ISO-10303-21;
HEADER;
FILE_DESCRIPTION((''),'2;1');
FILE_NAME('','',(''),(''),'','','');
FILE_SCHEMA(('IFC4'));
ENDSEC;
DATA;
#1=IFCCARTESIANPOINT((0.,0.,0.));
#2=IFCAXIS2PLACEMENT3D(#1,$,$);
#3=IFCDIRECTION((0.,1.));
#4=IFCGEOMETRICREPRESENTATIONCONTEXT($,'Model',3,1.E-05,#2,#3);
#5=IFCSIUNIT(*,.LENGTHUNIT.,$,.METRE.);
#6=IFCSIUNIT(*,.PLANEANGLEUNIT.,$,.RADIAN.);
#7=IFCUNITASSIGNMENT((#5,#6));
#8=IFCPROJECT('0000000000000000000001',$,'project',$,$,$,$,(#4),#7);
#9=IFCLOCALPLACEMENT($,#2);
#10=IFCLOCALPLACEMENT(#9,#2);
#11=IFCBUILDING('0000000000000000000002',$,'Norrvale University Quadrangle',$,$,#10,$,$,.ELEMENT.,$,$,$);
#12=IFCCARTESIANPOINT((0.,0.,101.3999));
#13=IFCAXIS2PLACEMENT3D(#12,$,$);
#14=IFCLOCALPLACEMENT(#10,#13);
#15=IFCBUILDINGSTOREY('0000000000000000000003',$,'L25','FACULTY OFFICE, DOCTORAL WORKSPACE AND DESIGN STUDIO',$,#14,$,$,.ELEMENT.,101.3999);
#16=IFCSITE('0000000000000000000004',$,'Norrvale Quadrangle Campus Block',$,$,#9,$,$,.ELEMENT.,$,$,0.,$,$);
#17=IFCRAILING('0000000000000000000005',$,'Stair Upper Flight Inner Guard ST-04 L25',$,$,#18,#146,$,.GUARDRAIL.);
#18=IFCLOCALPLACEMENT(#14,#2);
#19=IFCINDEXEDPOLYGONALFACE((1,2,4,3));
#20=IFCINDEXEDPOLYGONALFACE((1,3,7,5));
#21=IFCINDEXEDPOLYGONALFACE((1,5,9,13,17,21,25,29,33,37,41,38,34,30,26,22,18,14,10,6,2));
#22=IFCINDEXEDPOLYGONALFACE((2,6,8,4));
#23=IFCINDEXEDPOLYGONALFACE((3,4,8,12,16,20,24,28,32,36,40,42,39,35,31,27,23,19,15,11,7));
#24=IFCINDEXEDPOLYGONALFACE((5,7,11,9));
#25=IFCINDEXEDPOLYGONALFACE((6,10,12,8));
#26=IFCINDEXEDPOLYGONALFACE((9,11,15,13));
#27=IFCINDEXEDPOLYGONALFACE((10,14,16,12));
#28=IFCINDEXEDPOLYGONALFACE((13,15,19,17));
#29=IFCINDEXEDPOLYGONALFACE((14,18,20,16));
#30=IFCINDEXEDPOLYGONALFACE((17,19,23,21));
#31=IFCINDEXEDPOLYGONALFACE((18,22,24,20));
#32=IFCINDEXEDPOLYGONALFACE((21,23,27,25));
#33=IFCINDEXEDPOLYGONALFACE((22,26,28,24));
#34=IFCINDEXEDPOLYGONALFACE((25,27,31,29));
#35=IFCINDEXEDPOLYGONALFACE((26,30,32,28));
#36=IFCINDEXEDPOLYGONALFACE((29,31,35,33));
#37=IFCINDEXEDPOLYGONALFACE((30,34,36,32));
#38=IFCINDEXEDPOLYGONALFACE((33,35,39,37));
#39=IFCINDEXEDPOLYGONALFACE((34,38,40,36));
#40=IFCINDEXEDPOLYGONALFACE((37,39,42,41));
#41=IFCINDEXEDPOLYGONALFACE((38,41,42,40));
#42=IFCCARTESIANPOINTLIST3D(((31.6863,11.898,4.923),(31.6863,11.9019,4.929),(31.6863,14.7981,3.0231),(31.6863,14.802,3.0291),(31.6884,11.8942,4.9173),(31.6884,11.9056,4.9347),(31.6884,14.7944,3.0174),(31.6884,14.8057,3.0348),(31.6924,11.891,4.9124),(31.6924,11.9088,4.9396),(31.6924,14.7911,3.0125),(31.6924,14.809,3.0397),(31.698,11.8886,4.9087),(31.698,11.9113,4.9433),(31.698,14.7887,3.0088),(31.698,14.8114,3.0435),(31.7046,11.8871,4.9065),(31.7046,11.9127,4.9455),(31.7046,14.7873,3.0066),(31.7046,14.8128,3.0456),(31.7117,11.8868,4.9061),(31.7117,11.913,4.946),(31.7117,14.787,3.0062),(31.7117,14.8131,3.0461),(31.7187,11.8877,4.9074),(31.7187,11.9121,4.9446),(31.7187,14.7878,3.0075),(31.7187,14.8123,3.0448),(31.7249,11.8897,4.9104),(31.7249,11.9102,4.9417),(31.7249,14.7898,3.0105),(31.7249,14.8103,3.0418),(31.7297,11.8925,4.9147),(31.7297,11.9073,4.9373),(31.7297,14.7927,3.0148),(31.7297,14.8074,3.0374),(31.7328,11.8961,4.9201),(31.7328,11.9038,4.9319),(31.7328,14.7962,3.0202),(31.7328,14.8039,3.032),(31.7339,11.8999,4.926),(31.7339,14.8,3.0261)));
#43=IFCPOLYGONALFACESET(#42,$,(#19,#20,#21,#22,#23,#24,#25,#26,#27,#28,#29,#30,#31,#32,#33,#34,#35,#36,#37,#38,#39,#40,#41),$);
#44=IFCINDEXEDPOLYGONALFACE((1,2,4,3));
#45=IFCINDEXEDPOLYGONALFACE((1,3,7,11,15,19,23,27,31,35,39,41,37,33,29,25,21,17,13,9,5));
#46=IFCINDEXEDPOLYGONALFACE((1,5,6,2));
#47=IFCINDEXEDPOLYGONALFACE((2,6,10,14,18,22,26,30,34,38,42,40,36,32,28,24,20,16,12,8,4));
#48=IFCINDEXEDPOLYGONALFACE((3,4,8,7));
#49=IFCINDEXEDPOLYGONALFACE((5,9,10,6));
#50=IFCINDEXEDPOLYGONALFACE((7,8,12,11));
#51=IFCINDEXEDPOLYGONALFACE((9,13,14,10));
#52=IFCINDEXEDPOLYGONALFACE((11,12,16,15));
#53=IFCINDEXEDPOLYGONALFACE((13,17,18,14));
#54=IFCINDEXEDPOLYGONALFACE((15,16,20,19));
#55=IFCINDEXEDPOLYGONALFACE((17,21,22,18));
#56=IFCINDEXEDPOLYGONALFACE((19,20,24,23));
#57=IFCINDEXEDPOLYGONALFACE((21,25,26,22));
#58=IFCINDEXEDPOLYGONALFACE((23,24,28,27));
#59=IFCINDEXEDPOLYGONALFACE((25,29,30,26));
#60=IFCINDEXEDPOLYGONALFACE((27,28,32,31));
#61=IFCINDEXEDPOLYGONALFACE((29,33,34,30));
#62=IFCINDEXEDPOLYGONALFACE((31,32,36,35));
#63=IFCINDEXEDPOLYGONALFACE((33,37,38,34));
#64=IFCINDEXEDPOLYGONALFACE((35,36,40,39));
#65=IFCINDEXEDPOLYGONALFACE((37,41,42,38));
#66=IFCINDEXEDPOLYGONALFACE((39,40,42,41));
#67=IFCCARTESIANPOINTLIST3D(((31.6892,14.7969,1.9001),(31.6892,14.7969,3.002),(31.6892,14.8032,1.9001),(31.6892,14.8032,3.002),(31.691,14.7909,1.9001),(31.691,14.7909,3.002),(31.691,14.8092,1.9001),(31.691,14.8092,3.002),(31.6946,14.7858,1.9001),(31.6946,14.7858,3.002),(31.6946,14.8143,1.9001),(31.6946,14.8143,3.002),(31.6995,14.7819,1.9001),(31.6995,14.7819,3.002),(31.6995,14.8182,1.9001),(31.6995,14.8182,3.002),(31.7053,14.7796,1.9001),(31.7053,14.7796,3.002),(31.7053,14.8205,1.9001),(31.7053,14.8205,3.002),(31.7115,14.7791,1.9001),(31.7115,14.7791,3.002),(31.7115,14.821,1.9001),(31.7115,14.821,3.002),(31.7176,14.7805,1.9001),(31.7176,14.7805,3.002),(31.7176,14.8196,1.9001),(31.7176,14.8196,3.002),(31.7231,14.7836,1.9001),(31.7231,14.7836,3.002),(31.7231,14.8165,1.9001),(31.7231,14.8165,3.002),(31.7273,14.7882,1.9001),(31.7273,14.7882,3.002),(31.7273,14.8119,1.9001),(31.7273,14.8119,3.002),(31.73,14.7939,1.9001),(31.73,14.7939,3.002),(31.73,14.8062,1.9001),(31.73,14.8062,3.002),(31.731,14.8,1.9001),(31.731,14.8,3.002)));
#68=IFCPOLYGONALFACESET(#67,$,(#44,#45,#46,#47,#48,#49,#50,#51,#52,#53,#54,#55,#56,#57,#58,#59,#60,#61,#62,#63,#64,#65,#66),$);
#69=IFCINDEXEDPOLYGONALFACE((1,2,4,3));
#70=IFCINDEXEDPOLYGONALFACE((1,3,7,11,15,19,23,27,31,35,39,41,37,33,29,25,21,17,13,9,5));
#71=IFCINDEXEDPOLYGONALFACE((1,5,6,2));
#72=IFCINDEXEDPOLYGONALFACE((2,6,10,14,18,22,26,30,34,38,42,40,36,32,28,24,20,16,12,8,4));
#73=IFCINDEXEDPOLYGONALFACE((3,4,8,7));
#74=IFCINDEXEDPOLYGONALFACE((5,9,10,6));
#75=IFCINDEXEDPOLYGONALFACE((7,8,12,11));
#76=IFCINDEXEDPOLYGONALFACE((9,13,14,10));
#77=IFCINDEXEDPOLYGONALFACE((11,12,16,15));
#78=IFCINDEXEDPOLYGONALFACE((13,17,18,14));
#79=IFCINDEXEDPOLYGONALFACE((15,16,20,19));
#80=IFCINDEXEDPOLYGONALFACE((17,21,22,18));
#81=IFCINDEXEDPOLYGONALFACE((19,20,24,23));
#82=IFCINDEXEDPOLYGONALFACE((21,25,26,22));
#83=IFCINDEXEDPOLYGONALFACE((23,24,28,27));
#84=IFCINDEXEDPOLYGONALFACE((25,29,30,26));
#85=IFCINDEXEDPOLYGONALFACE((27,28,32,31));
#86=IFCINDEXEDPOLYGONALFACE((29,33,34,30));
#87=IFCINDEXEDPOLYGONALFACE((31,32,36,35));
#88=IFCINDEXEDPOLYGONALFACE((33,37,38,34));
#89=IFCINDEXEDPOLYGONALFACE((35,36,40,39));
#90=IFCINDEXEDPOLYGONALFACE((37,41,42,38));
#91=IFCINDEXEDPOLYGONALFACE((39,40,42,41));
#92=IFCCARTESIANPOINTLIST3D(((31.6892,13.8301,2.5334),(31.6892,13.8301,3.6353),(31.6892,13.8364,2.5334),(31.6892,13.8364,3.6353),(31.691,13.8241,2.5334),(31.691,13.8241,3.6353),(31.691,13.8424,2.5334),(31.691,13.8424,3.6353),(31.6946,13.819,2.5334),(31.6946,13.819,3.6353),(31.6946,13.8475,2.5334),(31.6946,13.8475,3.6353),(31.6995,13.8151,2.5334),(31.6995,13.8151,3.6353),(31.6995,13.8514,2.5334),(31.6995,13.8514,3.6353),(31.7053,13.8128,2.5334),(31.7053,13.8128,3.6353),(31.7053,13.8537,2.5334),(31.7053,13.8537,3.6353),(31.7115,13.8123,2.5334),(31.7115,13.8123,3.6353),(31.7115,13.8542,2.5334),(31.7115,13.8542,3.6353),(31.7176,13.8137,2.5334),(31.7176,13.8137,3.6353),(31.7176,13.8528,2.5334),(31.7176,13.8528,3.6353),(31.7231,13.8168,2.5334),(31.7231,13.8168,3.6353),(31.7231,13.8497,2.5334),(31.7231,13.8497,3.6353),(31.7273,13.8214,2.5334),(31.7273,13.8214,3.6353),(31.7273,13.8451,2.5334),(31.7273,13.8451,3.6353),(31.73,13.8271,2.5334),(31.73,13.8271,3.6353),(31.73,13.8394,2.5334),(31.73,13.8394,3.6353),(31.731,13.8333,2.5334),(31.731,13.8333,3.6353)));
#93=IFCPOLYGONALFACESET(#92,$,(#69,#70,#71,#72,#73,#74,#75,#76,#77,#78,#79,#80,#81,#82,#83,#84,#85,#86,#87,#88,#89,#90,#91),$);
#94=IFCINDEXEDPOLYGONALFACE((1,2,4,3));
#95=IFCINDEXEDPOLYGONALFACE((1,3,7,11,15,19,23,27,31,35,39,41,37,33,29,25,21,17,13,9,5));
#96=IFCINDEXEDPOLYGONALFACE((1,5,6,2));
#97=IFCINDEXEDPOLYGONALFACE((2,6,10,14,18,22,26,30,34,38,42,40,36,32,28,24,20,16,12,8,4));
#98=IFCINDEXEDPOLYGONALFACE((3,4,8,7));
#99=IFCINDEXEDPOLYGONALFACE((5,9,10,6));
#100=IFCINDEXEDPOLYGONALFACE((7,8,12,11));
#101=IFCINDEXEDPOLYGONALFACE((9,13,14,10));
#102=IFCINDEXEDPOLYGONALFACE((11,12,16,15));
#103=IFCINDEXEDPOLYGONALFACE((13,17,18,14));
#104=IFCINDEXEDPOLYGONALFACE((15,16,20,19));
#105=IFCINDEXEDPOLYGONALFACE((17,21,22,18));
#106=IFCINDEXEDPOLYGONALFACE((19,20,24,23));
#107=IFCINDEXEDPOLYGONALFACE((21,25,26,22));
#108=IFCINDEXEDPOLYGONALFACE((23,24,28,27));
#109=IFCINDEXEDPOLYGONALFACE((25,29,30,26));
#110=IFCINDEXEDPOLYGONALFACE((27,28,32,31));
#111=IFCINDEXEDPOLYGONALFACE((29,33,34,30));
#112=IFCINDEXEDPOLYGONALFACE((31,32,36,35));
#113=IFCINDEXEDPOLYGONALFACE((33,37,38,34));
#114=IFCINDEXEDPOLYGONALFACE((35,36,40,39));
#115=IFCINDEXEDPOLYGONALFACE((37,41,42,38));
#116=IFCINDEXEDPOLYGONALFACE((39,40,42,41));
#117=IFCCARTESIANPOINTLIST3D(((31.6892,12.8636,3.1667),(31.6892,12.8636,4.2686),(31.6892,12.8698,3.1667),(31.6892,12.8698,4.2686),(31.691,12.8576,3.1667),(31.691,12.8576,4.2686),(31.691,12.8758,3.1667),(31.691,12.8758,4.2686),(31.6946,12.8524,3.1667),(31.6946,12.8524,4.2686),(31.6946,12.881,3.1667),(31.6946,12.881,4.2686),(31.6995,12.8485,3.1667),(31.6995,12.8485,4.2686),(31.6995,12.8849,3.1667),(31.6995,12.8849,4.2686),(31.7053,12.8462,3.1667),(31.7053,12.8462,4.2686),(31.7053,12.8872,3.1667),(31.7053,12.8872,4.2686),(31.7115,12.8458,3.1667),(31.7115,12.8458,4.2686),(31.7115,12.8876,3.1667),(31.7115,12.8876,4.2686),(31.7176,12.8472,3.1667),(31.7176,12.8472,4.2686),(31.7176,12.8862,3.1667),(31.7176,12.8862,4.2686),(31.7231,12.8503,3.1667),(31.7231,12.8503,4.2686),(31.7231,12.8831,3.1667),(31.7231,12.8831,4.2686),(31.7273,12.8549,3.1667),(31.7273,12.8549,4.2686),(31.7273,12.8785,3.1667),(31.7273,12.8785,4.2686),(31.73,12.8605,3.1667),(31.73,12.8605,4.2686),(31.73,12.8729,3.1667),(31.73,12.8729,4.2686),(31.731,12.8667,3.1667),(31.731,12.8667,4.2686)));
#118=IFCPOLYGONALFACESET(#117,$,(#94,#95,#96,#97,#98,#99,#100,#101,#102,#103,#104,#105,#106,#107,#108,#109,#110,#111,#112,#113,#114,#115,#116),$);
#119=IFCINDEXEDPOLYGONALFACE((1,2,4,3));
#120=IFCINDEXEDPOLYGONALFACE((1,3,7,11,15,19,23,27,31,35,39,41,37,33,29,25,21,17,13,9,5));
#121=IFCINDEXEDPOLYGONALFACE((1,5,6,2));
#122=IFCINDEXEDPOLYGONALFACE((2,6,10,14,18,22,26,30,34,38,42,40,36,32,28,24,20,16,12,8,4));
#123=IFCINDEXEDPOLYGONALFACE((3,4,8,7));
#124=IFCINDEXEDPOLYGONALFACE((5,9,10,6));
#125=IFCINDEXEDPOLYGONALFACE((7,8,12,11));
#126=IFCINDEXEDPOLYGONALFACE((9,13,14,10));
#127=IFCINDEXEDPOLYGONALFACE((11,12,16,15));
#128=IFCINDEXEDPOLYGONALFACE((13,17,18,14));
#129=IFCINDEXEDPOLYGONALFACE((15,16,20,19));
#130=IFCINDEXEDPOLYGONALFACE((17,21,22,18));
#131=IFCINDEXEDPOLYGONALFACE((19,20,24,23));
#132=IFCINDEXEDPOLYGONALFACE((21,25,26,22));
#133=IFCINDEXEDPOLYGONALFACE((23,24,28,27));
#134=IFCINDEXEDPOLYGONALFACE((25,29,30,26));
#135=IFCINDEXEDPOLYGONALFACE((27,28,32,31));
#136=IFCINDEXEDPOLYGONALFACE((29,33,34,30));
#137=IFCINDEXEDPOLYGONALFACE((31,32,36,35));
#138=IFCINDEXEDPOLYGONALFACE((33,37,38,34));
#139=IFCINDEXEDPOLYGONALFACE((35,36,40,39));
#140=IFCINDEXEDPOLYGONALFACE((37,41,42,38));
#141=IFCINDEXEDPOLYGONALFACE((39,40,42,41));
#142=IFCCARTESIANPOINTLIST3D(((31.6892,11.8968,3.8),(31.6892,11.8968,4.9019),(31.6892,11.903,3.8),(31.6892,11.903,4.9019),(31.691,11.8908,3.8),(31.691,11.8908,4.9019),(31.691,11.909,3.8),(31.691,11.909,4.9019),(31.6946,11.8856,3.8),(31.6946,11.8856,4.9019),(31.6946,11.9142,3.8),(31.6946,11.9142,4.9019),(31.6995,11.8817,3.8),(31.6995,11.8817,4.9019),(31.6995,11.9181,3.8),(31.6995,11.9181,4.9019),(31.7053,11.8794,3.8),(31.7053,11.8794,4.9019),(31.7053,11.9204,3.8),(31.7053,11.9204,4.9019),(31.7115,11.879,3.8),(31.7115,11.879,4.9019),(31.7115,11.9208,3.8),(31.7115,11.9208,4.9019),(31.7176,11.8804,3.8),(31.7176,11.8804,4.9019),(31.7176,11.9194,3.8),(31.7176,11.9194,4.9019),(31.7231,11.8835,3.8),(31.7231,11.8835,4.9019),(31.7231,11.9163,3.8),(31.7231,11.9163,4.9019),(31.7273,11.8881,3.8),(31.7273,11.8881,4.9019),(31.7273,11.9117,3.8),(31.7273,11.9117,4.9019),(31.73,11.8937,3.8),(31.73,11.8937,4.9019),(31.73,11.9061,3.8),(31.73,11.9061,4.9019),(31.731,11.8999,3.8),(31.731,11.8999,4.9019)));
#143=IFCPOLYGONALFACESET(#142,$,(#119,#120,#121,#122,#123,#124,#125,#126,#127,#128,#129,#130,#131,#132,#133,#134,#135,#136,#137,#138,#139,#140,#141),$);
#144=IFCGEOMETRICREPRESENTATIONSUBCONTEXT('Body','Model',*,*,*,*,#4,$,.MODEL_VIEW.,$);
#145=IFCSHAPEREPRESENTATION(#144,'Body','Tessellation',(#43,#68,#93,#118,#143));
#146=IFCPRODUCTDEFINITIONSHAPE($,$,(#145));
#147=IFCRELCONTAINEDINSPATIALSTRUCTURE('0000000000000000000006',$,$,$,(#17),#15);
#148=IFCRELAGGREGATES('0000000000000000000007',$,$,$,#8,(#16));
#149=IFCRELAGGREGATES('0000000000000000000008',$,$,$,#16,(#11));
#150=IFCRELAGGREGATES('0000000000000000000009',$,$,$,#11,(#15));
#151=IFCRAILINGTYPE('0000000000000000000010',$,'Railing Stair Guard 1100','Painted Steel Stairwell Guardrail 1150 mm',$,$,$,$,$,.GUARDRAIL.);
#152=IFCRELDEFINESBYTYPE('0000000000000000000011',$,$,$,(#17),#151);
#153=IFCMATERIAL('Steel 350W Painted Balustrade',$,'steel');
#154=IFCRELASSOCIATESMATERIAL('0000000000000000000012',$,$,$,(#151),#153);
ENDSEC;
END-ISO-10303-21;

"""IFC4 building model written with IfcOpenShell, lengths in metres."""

from ifc_helpers import new_model, si_unit, direction, frame, origin, origin_2d, place, context, subcontext, project, spatial, circle, extrude, material, type_object, element, save


model = new_model("IFC4")

# Units and contexts
model_context = context("Model", 3, precision=1e-05, world=origin(), true_north=direction((0.0, 1.0)))
body_context = subcontext(model_context, "Body", "Model", "MODEL_VIEW")
ifc_project = project(units=[si_unit("LENGTHUNIT", "METRE"), si_unit("PLANEANGLEUNIT", "RADIAN")], contexts=[model_context])

# Site, building, storey
site_placement = place(None, origin())
site = spatial("IfcSite", under=ifc_project, at=site_placement, Name="Norrvale Quadrangle Campus Block", CompositionType="ELEMENT", RefElevation=0.0)
building_placement = place(site_placement, origin())
building = spatial("IfcBuilding", under=site, at=building_placement, Name="Norrvale University Quadrangle", CompositionType="ELEMENT")
storey_placement = place(building_placement, frame((0.0, 0.0, 101.3999)))
storey = spatial("IfcBuildingStorey", under=building, at=storey_placement, Name="L25", Description="FACULTY OFFICE, DOCTORAL WORKSPACE AND DESIGN STUDIO", CompositionType="ELEMENT", Elevation=101.3999)

# Railing
ifc_material_1 = material(Name="Steel 350W Painted Balustrade", Category="steel")
railing_type_1 = type_object("IfcRailingType", Name="Railing Stair Guard 1100", Description="Painted Steel Stairwell Guardrail 1150 mm", PredefinedType="GUARDRAIL", material=ifc_material_1)
railing_1_placement = place(storey_placement, frame((31.71, 14.8, 1.9001)))
element("IfcRailing", 1, at=railing_1_placement, inside=storey, type_object=railing_type_1, Name="Stair Upper Flight Inner Guard ST-04 L25", PredefinedType="GUARDRAIL", context=body_context, shape_type="SweptSolid", body=[
    extrude(circle(Radius=0.0239, at=origin_2d()), frame((0.0, 0.0, 1.126), z_axis=(0.0, -0.836487, 0.547987), x_axis=(1.0, 0.0, 0.0)), (0.0, 0.0, 1.0), 3.467),
    extrude(circle(Radius=0.021, at=origin_2d()), origin(), (0.0, 0.0, 1.0), 1.1018),
    extrude(circle(Radius=0.021, at=origin_2d()), frame((0.0, -0.9668, 0.6333)), (0.0, 0.0, 1.0), 1.1018),
    extrude(circle(Radius=0.021, at=origin_2d()), frame((0.0, -1.9333, 1.2666)), (0.0, 0.0, 1.0), 1.1018),
    extrude(circle(Radius=0.021, at=origin_2d()), frame((0.0, -2.9001, 1.8999)), (0.0, 0.0, 1.0), 1.1018),
])

save(model, "model.ifc")
